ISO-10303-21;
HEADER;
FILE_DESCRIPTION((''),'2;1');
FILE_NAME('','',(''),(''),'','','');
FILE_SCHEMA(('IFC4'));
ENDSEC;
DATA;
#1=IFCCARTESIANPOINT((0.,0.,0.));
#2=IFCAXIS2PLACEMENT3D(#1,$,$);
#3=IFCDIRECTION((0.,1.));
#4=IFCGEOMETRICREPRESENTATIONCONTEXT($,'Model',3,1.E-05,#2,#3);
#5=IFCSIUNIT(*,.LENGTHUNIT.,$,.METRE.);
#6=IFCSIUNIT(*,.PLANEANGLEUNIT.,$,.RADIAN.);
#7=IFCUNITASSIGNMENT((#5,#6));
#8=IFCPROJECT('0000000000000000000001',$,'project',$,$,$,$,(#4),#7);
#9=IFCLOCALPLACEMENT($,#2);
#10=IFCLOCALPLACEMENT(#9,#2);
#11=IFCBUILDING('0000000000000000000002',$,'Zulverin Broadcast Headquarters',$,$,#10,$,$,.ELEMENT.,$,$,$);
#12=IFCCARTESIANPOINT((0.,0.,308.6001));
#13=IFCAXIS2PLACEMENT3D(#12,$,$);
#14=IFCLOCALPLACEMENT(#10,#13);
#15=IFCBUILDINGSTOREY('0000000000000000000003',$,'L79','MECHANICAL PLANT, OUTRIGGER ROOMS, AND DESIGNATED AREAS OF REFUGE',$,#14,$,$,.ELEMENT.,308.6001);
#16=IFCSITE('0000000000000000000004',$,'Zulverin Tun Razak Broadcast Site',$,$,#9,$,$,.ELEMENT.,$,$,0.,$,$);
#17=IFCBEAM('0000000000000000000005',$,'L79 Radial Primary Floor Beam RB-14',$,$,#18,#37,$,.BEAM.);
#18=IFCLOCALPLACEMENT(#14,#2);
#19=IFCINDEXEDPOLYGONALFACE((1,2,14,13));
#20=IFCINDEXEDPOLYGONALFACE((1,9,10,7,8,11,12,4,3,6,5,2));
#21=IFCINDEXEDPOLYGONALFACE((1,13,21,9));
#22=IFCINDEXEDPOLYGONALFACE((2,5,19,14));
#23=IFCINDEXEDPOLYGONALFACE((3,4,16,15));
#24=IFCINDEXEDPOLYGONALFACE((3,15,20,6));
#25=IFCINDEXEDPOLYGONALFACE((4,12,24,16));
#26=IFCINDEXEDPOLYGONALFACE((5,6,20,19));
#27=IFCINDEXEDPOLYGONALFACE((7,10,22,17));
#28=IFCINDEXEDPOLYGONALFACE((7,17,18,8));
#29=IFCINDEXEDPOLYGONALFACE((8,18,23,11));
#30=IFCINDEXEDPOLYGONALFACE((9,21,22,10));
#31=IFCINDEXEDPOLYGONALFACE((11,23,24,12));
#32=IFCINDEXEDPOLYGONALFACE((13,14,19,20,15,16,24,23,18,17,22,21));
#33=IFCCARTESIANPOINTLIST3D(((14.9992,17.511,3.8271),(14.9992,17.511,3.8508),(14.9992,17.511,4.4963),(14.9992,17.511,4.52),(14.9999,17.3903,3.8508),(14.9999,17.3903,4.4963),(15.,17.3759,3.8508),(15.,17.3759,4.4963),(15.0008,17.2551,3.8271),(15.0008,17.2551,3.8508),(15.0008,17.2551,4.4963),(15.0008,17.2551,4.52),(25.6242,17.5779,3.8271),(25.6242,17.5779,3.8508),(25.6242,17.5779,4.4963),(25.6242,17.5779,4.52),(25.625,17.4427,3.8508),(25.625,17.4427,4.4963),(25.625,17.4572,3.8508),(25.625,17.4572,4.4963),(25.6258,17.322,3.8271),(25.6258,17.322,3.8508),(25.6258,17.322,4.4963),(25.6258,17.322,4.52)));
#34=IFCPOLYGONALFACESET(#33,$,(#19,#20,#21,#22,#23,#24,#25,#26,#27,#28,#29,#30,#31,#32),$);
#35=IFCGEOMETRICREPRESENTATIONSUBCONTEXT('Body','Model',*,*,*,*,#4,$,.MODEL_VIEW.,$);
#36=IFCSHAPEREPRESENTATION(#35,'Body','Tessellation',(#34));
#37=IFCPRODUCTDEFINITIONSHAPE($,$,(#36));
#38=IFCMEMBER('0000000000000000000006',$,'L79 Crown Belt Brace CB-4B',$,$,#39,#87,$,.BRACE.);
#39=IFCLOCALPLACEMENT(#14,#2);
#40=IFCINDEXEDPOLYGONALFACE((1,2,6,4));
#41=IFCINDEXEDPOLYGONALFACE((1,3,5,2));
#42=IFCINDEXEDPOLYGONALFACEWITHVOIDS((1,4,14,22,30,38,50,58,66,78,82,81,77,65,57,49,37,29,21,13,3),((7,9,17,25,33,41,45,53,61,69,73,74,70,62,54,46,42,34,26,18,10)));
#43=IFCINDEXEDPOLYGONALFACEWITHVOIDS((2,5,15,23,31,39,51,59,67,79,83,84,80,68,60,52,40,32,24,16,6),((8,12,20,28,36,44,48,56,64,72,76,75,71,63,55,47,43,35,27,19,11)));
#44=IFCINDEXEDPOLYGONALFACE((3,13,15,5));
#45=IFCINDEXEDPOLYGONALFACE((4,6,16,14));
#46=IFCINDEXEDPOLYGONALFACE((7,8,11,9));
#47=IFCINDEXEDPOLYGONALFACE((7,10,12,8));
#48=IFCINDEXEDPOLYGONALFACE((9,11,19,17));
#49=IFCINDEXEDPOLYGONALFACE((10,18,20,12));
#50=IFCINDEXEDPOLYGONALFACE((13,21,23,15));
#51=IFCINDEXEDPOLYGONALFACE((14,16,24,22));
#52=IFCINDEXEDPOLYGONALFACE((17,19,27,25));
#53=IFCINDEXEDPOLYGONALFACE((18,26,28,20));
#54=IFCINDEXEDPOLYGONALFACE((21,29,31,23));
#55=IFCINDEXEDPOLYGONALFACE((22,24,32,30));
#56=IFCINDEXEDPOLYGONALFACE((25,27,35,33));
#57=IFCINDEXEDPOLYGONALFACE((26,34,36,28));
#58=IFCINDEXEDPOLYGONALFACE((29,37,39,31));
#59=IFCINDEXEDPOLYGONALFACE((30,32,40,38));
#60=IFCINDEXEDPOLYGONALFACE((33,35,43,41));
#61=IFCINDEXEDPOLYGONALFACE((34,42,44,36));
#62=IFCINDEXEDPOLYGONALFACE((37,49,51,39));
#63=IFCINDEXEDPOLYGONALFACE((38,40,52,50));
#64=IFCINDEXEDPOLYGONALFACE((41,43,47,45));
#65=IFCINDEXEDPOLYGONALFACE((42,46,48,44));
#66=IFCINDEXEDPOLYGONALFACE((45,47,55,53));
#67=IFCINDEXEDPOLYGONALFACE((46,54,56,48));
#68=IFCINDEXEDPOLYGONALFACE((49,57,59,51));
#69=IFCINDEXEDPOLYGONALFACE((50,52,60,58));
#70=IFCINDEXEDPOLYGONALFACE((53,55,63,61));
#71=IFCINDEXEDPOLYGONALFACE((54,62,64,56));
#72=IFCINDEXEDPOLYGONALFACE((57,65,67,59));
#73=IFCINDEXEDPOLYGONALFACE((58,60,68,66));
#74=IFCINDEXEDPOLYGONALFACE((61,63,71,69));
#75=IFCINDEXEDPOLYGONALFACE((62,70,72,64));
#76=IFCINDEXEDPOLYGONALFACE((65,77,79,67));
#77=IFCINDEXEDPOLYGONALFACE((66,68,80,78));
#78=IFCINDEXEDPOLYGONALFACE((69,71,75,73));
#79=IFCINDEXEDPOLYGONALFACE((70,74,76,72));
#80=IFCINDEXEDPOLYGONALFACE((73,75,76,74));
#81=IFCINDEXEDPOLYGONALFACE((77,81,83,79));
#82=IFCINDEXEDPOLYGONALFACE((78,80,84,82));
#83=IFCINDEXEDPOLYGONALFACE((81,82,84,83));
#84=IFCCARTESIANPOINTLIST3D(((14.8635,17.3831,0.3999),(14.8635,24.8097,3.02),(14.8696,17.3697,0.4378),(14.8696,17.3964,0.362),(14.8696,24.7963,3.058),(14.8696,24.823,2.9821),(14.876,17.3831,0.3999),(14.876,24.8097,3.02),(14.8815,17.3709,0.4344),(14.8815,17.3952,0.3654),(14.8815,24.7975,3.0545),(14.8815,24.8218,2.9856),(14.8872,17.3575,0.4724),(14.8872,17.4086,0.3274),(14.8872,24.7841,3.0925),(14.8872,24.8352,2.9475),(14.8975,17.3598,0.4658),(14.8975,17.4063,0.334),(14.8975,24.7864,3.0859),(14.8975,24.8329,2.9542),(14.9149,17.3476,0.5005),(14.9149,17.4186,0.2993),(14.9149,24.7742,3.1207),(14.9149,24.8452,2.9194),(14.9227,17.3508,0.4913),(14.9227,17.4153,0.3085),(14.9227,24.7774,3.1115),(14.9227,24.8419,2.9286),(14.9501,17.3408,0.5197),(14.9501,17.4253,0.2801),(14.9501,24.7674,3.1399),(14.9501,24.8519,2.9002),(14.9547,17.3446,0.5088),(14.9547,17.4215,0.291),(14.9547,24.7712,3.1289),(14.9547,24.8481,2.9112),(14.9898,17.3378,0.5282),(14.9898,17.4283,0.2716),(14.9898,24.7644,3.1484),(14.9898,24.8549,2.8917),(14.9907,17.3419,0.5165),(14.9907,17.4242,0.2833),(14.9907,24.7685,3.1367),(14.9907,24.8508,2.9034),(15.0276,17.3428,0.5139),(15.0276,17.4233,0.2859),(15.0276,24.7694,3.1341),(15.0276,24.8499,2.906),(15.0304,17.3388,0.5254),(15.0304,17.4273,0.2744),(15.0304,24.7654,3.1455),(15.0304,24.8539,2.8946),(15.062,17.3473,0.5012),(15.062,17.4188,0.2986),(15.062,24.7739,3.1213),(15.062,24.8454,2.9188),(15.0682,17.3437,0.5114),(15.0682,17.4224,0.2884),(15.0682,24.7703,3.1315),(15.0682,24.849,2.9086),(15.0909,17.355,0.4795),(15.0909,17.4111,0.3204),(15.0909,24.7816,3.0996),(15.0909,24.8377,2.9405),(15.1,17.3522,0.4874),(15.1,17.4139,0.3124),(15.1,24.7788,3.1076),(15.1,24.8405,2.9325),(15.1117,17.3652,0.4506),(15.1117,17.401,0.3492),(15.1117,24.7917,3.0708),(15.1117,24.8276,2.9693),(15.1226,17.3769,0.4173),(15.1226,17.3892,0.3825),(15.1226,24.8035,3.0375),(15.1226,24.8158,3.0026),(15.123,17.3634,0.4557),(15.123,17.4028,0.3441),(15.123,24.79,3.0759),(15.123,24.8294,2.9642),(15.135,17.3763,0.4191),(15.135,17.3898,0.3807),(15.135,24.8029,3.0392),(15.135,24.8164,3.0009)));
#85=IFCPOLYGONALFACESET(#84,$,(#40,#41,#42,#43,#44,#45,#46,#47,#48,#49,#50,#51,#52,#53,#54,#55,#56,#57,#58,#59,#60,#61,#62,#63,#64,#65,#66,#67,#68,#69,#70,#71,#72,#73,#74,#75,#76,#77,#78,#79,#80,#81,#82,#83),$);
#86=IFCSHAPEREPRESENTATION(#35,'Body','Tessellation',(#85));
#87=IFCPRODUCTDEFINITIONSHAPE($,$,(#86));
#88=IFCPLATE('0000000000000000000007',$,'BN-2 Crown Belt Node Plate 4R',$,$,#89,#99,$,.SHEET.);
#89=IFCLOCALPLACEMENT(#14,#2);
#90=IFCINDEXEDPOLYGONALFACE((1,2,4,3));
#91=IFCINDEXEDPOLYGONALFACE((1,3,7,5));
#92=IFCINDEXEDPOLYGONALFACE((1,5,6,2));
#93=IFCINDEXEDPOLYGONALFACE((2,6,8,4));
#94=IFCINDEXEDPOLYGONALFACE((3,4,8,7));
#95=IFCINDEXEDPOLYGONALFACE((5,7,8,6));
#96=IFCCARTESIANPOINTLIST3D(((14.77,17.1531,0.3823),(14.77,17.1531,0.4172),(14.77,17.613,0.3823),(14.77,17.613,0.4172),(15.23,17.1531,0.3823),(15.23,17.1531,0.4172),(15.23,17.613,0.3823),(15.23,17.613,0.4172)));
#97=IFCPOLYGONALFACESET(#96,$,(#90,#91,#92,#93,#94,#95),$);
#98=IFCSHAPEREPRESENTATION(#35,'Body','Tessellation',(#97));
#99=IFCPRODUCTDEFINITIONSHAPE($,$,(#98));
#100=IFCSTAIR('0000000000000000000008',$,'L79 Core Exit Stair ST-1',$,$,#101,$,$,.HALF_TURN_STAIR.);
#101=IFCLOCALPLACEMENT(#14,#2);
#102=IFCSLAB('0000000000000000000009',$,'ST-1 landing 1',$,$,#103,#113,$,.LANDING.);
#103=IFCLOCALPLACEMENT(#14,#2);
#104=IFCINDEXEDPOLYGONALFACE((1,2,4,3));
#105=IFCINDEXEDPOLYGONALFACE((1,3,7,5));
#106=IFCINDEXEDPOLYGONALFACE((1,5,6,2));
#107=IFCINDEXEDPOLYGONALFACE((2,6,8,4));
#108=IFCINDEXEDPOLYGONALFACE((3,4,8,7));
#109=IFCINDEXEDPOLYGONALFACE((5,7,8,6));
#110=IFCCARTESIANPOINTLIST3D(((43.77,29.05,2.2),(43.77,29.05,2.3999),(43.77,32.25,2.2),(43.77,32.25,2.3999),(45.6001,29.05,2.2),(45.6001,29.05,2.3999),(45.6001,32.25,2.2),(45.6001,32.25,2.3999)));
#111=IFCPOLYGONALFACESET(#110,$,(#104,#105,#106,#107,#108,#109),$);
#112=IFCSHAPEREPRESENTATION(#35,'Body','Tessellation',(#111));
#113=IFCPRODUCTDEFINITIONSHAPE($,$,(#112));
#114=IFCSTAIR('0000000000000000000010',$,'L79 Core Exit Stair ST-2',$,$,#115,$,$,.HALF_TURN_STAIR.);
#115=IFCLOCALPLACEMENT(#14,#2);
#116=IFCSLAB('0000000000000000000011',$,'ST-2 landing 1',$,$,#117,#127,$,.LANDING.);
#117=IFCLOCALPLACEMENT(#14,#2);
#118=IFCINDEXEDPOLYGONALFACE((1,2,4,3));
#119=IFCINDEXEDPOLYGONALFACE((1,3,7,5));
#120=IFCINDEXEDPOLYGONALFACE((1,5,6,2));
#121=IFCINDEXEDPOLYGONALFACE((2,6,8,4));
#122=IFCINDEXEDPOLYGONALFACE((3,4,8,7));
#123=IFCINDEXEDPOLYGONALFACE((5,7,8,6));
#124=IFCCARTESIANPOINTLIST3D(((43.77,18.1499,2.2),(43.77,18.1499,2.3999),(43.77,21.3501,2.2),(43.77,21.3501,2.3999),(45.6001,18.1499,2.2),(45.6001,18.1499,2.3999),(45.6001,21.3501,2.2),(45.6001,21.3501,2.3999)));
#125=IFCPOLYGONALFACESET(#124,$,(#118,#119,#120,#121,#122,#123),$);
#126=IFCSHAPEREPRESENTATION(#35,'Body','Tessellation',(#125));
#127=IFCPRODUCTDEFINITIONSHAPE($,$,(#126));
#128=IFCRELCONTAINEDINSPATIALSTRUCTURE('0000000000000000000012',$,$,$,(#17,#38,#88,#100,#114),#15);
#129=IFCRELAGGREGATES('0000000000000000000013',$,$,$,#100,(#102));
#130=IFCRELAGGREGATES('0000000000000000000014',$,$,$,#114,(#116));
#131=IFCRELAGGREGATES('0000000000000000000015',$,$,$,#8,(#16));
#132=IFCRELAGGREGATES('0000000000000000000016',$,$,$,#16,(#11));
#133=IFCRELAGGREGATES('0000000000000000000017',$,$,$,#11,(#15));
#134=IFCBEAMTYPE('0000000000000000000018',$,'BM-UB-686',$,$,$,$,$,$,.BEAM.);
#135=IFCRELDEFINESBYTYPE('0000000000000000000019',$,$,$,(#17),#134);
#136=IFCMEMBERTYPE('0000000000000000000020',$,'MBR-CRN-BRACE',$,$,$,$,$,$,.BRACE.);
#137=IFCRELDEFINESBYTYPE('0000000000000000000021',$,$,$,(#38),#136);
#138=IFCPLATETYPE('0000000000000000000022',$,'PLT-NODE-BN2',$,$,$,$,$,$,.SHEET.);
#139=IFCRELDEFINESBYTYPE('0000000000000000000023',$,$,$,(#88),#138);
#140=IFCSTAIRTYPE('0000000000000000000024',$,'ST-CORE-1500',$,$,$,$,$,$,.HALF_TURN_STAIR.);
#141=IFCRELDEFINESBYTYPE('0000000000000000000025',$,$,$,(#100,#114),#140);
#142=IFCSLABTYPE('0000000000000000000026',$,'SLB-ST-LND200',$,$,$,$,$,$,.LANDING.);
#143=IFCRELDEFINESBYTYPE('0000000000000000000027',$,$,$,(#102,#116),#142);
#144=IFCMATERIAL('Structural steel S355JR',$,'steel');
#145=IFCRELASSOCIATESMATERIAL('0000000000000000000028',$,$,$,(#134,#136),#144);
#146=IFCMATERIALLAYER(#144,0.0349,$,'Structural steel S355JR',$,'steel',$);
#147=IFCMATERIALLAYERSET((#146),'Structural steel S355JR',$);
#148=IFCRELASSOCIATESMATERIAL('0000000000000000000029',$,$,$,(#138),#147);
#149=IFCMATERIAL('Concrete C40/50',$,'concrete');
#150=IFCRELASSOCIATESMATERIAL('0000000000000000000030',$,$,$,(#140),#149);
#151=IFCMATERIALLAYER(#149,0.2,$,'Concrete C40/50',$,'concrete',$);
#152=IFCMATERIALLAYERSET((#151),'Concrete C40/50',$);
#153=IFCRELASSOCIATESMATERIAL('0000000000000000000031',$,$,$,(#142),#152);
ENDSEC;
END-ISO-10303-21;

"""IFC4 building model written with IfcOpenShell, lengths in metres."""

from ifc_helpers import new_model, si_unit, direction, frame, origin, origin_2d, place, context, subcontext, project, spatial, polyline, rectangle, hollow_circle, i_section, outline, extrude, material, layer, layer_set, material_profile, profile_set, type_object, element, aggregate, save


model = new_model("IFC4")

# Units and contexts
model_context = context("Model", 3, precision=1e-05, world=origin(), true_north=direction((0.0, 1.0)))
body_context = subcontext(model_context, "Body", "Model", "MODEL_VIEW")
ifc_project = project(units=[si_unit("LENGTHUNIT", "METRE"), si_unit("PLANEANGLEUNIT", "RADIAN")], contexts=[model_context])

# Site, building, storey
site_placement = place(None, origin())
site = spatial("IfcSite", under=ifc_project, at=site_placement, Name="Zulverin Tun Razak Broadcast Site", CompositionType="ELEMENT", RefElevation=0.0)
building_placement = place(site_placement, origin())
building = spatial("IfcBuilding", under=site, at=building_placement, Name="Zulverin Broadcast Headquarters", CompositionType="ELEMENT")
storey_placement = place(building_placement, frame((0.0, 0.0, 308.6001)))
storey = spatial("IfcBuildingStorey", under=building, at=storey_placement, Name="L79", Description="MECHANICAL PLANT, OUTRIGGER ROOMS, AND DESIGNATED AREAS OF REFUGE", CompositionType="ELEMENT", Elevation=308.6001)

# Beam
ifc_material_1 = material(Name="Structural steel S355JR", Category="steel")
ifc_material_profile_1 = material_profile(ifc_material_1, i_section(OverallWidth=0.2559, OverallDepth=0.6929, WebThickness=0.0144, FlangeThickness=0.0237, at=origin_2d()), Name="Structural steel S355JR", Category="steel")
ifc_profile_set_1 = profile_set([ifc_material_profile_1], Name="Structural steel S355JR")
beam_type_1 = type_object("IfcBeamType", Name="BM-UB-686", PredefinedType="BEAM", material=ifc_profile_set_1)
beam_1_placement = place(storey_placement, frame((25.625, 17.45, 4.1736), z_axis=(-0.99998, -0.006296, 0.0), x_axis=(0.006296, -0.99998, 0.0)))
element("IfcBeam", 1, at=beam_1_placement, inside=storey, type_object=beam_type_1, Name="L79 Radial Primary Floor Beam RB-14", PredefinedType="BEAM", context=body_context, shape_type="SweptSolid", body=[
    extrude(i_section(OverallWidth=0.2559, OverallDepth=0.6929, WebThickness=0.0144, FlangeThickness=0.0237, at=origin_2d()), origin(), (0.0, 0.0, 1.0), 10.6252),
])

# Member
ifc_material_profile_2 = material_profile(ifc_material_1, hollow_circle(Radius=0.1365, WallThickness=0.0125, at=origin_2d()), Name="Structural steel S355JR", Category="steel")
ifc_profile_set_2 = profile_set([ifc_material_profile_2], Name="Structural steel S355JR")
member_type = type_object("IfcMemberType", Name="MBR-CRN-BRACE", PredefinedType="BRACE", material=ifc_profile_set_2)
member_placement = place(storey_placement, frame((15.0, 17.3831, 0.3999), z_axis=(0.0, 0.94303, 0.332707), x_axis=(-1.0, 0.0, 0.0)))
element("IfcMember", 2, at=member_placement, inside=storey, type_object=member_type, Name="L79 Crown Belt Brace CB-4B", PredefinedType="BRACE", context=body_context, shape_type="SweptSolid", body=[
    extrude(hollow_circle(Radius=0.1365, WallThickness=0.0125, at=origin_2d()), origin(), (0.0, 0.0, 1.0), 7.8752),
])

# Plate
ifc_layer_1 = layer(ifc_material_1, 0.0349, Name="Structural steel S355JR", Category="steel")
ifc_layer_set_1 = layer_set([ifc_layer_1], Name="Structural steel S355JR")
plate_type = type_object("IfcPlateType", Name="PLT-NODE-BN2", PredefinedType="SHEET", material=ifc_layer_set_1)
plate_placement = place(storey_placement, frame((15.0, 17.3831, 0.3823), z_axis=(0.0, 0.0, 1.0), x_axis=(1.0, 0.0, 0.0)))
element("IfcPlate", 3, at=plate_placement, inside=storey, type_object=plate_type, Name="BN-2 Crown Belt Node Plate 4R", PredefinedType="SHEET", context=body_context, shape_type="SweptSolid", body=[
    extrude(rectangle(XDim=0.46, YDim=0.46, at=origin_2d()), origin(), (0.0, 0.0, 1.0), 0.0349),
])

# Stairs, slabs
ifc_material_2 = material(Name="Concrete C40/50", Category="concrete")
stair_type = type_object("IfcStairType", Name="ST-CORE-1500", PredefinedType="HALF_TURN_STAIR", material=ifc_material_2)
stair_1_placement = place(storey_placement, origin())
stair_1 = element("IfcStair", 4, at=stair_1_placement, inside=storey, type_object=stair_type, Name="L79 Core Exit Stair ST-1", PredefinedType="HALF_TURN_STAIR")
ifc_layer_2 = layer(ifc_material_2, 0.2, Name="Concrete C40/50", Category="concrete")
ifc_layer_set_2 = layer_set([ifc_layer_2], Name="Concrete C40/50")
slab_type_1 = type_object("IfcSlabType", Name="SLB-ST-LND200", PredefinedType="LANDING", material=ifc_layer_set_2)
slab_1_placement = place(storey_placement, frame((0.0, 0.0, 2.2)))
slab_1 = element("IfcSlab", 5, at=slab_1_placement, type_object=slab_type_1, Name="ST-1 landing 1", PredefinedType="LANDING", context=body_context, shape_type="SweptSolid", body=[
    extrude(outline(polyline([(43.77, 29.05), (45.6001, 29.05), (45.6001, 32.25), (43.77, 32.25), (43.77, 29.05)])), origin(), (0.0, 0.0, 1.0), 0.2),
])
aggregate(stair_1, [slab_1])
stair_2_placement = place(storey_placement, origin())
stair_2 = element("IfcStair", 6, at=stair_2_placement, inside=storey, type_object=stair_type, Name="L79 Core Exit Stair ST-2", PredefinedType="HALF_TURN_STAIR")
slab_2_placement = place(storey_placement, frame((0.0, 0.0, 2.2)))
slab_2 = element("IfcSlab", 7, at=slab_2_placement, type_object=slab_type_1, Name="ST-2 landing 1", PredefinedType="LANDING", context=body_context, shape_type="SweptSolid", body=[
    extrude(outline(polyline([(43.77, 18.1499), (45.6001, 18.1499), (45.6001, 21.3501), (43.77, 21.3501), (43.77, 18.1499)])), origin(), (0.0, 0.0, 1.0), 0.2),
])
aggregate(stair_2, [slab_2])

save(model, "model.ifc")
